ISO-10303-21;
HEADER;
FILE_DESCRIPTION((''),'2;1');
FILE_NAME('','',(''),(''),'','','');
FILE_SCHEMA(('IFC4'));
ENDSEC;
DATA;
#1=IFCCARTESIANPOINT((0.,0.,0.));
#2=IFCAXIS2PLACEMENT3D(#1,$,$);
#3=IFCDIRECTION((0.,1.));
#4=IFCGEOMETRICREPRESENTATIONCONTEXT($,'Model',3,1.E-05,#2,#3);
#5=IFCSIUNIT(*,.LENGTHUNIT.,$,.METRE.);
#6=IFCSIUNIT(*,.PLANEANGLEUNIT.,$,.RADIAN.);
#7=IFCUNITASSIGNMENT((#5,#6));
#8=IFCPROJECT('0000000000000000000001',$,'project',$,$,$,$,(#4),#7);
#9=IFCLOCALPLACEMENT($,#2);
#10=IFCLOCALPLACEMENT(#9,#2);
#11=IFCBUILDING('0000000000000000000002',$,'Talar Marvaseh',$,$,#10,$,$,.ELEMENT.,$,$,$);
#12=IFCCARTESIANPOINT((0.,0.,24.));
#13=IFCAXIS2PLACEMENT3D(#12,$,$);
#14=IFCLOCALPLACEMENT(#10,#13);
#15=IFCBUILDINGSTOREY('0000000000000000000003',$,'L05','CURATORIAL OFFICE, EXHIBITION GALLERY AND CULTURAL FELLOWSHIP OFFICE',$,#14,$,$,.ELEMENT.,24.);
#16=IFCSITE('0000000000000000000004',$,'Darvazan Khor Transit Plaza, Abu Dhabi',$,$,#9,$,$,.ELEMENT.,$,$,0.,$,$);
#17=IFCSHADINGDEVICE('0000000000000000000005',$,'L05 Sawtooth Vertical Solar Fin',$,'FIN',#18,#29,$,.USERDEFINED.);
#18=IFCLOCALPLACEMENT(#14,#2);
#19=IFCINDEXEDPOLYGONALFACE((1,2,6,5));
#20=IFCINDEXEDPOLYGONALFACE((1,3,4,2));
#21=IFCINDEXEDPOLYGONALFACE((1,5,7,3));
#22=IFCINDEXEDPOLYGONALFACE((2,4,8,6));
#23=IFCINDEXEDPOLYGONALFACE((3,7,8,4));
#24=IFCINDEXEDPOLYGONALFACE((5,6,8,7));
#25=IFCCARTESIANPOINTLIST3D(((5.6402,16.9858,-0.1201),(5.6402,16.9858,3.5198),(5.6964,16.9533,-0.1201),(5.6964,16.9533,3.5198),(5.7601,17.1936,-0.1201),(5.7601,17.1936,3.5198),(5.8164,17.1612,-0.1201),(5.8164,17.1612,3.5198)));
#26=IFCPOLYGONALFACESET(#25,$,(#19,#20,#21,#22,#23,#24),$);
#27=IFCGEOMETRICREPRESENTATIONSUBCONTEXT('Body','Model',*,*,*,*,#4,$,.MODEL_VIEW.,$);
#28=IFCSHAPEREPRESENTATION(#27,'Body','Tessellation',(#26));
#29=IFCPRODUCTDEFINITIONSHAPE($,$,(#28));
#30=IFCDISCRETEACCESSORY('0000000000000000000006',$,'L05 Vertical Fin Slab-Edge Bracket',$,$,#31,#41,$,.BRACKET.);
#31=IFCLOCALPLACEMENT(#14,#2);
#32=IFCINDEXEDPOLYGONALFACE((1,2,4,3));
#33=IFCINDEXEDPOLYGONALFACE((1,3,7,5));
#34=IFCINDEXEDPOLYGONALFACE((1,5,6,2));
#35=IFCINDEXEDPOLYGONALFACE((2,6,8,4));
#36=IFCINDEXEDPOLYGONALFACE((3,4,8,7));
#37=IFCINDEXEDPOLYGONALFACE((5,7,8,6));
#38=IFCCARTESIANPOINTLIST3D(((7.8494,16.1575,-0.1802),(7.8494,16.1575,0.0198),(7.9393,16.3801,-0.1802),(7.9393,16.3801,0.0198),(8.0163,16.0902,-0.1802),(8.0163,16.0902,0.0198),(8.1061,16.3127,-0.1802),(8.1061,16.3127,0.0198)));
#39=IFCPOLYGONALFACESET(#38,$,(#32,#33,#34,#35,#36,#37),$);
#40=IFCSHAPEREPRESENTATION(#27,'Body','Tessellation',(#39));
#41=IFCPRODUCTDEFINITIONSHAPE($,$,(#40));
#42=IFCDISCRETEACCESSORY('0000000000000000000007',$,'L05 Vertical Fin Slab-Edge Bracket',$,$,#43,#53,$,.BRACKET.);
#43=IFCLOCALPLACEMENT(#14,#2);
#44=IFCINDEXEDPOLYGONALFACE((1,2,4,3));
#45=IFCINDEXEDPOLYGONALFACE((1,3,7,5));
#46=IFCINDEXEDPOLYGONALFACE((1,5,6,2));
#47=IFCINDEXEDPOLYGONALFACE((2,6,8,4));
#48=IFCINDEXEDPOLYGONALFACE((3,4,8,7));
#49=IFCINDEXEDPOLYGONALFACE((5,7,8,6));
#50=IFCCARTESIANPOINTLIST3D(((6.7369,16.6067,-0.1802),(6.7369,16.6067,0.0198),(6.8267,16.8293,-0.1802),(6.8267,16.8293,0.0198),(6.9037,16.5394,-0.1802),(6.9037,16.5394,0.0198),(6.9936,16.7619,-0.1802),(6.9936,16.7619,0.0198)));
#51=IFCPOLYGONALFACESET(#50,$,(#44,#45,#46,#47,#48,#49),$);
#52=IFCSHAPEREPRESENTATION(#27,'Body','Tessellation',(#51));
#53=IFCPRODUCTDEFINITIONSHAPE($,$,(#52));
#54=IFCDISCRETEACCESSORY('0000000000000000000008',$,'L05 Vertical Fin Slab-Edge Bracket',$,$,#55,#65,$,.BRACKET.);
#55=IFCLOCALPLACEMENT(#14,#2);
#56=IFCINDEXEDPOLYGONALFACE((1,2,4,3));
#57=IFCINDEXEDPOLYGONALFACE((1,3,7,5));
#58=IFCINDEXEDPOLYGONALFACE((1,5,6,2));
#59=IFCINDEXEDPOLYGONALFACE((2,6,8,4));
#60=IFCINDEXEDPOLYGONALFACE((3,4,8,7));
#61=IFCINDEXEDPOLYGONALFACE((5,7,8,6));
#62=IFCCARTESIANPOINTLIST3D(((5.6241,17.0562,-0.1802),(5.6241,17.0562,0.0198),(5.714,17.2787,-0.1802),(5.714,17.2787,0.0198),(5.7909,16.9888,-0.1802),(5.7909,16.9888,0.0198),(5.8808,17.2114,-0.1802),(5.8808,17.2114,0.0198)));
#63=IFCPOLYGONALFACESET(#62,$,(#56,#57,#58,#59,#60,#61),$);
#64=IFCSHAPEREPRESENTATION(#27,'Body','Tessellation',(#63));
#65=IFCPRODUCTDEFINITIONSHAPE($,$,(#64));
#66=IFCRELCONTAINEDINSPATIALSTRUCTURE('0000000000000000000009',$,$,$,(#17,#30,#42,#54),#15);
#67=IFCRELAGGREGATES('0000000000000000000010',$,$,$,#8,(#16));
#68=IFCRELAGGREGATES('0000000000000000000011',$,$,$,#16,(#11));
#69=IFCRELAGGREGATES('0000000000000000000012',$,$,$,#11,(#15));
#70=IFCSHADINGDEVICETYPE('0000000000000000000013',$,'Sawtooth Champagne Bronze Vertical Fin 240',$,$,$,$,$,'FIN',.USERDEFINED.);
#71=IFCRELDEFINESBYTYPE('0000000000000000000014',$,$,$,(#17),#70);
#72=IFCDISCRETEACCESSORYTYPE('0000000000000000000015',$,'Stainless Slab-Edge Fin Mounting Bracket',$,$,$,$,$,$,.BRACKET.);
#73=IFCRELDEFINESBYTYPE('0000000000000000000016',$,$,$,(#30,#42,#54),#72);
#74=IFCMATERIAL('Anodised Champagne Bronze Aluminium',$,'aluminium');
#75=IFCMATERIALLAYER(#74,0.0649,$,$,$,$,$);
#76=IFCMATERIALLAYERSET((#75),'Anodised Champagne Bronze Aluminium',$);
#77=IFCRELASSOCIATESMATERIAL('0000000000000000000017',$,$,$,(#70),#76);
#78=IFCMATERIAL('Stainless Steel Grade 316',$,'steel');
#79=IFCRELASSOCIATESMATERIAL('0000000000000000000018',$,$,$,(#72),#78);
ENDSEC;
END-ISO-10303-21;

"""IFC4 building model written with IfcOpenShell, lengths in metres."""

from ifc_helpers import new_model, si_unit, direction, frame, origin, origin_2d, place, context, subcontext, project, spatial, rectangle, extrude, source, transform, mapped, material, layer, layer_set, type_object, type_shapes, element, save


model = new_model("IFC4")

# Units and contexts
model_context = context("Model", 3, precision=1e-05, world=origin(), true_north=direction((0.0, 1.0)))
body_context = subcontext(model_context, "Body", "Model", "MODEL_VIEW")
ifc_project = project(units=[si_unit("LENGTHUNIT", "METRE"), si_unit("PLANEANGLEUNIT", "RADIAN")], contexts=[model_context])

# Site, building, storey
site_placement = place(None, origin())
site = spatial("IfcSite", under=ifc_project, at=site_placement, Name="Darvazan Khor Transit Plaza, Abu Dhabi", CompositionType="ELEMENT", RefElevation=0.0)
building_placement = place(site_placement, origin())
building = spatial("IfcBuilding", under=site, at=building_placement, Name="Talar Marvaseh", CompositionType="ELEMENT")
storey_placement = place(building_placement, frame((0.0, 0.0, 24.0)))
storey = spatial("IfcBuildingStorey", under=building, at=storey_placement, Name="L05", Description="CURATORIAL OFFICE, EXHIBITION GALLERY AND CULTURAL FELLOWSHIP OFFICE", CompositionType="ELEMENT", Elevation=24.0)

# Shading device
ifc_material_1 = material(Name="Anodised Champagne Bronze Aluminium", Category="aluminium")
ifc_layer_1 = layer(ifc_material_1, 0.0649)
ifc_layer_set_1 = layer_set([ifc_layer_1], Name="Anodised Champagne Bronze Aluminium")
shading_device_type = type_object("IfcShadingDeviceType", Name="Sawtooth Champagne Bronze Vertical Fin 240", ElementType="FIN", PredefinedType="USERDEFINED", material=ifc_layer_set_1)
shared_shape_1 = source(origin(), body_context, "Body", "SweptSolid", [
    extrude(rectangle(XDim=0.24, YDim=0.0649, at=origin_2d()), origin(), (0.0, 0.0, 1.0), 3.6399),
])
type_shapes(shading_device_type, [shared_shape_1])
for number, where, z_axis, x_axis, name in (
    (1, (5.7283, 17.0735, -0.1201), (0.0, 0.0, 1.0), (-0.499849, -0.866113, 0.0), "L05 Sawtooth Vertical Solar Fin"),
):
    element("IfcShadingDevice", number, at=place(storey_placement, frame(where, z_axis=z_axis, x_axis=x_axis)), inside=storey, type_object=shading_device_type, Name=name, ObjectType="FIN", PredefinedType="USERDEFINED", context=body_context, shape_type="MappedRepresentation", body=[
        mapped(shared_shape_1, transform((0.0, 0.0, 0.0), x_axis=(1.0, 0.0, 0.0), y_axis=(0.0, 1.0, 0.0), z_axis=(0.0, 0.0, 1.0), scale=1.0)),
    ])

# Discrete accessories
ifc_material_2 = material(Name="Stainless Steel Grade 316", Category="steel")
discrete_accessory_type = type_object("IfcDiscreteAccessoryType", Name="Stainless Slab-Edge Fin Mounting Bracket", PredefinedType="BRACKET", material=ifc_material_2)
shared_shape_2 = source(origin(), body_context, "Body", "SweptSolid", [
    extrude(rectangle(XDim=0.24, YDim=0.1799, at=origin_2d()), origin(), (0.0, 0.0, 1.0), 0.2),
])
type_shapes(discrete_accessory_type, [shared_shape_2])
for number, where, z_axis, x_axis, name in (
    (2, (7.9778, 16.2351, -0.1802), (0.0, 0.0, 1.0), (-0.374445, -0.927249, 0.0), "L05 Vertical Fin Slab-Edge Bracket"),
    (3, (6.8652, 16.6843, -0.1802), (0.0, 0.0, 1.0), (-0.374445, -0.927249, 0.0), "L05 Vertical Fin Slab-Edge Bracket"),
    (4, (5.7524, 17.1338, -0.1802), (0.0, 0.0, 1.0), (-0.374445, -0.927249, 0.0), "L05 Vertical Fin Slab-Edge Bracket"),
):
    element("IfcDiscreteAccessory", number, at=place(storey_placement, frame(where, z_axis=z_axis, x_axis=x_axis)), inside=storey, type_object=discrete_accessory_type, Name=name, PredefinedType="BRACKET", context=body_context, shape_type="MappedRepresentation", body=[
        mapped(shared_shape_2, transform((0.0, 0.0, 0.0), x_axis=(1.0, 0.0, 0.0), y_axis=(0.0, 1.0, 0.0), z_axis=(0.0, 0.0, 1.0), scale=1.0)),
    ])

save(model, "model.ifc")
